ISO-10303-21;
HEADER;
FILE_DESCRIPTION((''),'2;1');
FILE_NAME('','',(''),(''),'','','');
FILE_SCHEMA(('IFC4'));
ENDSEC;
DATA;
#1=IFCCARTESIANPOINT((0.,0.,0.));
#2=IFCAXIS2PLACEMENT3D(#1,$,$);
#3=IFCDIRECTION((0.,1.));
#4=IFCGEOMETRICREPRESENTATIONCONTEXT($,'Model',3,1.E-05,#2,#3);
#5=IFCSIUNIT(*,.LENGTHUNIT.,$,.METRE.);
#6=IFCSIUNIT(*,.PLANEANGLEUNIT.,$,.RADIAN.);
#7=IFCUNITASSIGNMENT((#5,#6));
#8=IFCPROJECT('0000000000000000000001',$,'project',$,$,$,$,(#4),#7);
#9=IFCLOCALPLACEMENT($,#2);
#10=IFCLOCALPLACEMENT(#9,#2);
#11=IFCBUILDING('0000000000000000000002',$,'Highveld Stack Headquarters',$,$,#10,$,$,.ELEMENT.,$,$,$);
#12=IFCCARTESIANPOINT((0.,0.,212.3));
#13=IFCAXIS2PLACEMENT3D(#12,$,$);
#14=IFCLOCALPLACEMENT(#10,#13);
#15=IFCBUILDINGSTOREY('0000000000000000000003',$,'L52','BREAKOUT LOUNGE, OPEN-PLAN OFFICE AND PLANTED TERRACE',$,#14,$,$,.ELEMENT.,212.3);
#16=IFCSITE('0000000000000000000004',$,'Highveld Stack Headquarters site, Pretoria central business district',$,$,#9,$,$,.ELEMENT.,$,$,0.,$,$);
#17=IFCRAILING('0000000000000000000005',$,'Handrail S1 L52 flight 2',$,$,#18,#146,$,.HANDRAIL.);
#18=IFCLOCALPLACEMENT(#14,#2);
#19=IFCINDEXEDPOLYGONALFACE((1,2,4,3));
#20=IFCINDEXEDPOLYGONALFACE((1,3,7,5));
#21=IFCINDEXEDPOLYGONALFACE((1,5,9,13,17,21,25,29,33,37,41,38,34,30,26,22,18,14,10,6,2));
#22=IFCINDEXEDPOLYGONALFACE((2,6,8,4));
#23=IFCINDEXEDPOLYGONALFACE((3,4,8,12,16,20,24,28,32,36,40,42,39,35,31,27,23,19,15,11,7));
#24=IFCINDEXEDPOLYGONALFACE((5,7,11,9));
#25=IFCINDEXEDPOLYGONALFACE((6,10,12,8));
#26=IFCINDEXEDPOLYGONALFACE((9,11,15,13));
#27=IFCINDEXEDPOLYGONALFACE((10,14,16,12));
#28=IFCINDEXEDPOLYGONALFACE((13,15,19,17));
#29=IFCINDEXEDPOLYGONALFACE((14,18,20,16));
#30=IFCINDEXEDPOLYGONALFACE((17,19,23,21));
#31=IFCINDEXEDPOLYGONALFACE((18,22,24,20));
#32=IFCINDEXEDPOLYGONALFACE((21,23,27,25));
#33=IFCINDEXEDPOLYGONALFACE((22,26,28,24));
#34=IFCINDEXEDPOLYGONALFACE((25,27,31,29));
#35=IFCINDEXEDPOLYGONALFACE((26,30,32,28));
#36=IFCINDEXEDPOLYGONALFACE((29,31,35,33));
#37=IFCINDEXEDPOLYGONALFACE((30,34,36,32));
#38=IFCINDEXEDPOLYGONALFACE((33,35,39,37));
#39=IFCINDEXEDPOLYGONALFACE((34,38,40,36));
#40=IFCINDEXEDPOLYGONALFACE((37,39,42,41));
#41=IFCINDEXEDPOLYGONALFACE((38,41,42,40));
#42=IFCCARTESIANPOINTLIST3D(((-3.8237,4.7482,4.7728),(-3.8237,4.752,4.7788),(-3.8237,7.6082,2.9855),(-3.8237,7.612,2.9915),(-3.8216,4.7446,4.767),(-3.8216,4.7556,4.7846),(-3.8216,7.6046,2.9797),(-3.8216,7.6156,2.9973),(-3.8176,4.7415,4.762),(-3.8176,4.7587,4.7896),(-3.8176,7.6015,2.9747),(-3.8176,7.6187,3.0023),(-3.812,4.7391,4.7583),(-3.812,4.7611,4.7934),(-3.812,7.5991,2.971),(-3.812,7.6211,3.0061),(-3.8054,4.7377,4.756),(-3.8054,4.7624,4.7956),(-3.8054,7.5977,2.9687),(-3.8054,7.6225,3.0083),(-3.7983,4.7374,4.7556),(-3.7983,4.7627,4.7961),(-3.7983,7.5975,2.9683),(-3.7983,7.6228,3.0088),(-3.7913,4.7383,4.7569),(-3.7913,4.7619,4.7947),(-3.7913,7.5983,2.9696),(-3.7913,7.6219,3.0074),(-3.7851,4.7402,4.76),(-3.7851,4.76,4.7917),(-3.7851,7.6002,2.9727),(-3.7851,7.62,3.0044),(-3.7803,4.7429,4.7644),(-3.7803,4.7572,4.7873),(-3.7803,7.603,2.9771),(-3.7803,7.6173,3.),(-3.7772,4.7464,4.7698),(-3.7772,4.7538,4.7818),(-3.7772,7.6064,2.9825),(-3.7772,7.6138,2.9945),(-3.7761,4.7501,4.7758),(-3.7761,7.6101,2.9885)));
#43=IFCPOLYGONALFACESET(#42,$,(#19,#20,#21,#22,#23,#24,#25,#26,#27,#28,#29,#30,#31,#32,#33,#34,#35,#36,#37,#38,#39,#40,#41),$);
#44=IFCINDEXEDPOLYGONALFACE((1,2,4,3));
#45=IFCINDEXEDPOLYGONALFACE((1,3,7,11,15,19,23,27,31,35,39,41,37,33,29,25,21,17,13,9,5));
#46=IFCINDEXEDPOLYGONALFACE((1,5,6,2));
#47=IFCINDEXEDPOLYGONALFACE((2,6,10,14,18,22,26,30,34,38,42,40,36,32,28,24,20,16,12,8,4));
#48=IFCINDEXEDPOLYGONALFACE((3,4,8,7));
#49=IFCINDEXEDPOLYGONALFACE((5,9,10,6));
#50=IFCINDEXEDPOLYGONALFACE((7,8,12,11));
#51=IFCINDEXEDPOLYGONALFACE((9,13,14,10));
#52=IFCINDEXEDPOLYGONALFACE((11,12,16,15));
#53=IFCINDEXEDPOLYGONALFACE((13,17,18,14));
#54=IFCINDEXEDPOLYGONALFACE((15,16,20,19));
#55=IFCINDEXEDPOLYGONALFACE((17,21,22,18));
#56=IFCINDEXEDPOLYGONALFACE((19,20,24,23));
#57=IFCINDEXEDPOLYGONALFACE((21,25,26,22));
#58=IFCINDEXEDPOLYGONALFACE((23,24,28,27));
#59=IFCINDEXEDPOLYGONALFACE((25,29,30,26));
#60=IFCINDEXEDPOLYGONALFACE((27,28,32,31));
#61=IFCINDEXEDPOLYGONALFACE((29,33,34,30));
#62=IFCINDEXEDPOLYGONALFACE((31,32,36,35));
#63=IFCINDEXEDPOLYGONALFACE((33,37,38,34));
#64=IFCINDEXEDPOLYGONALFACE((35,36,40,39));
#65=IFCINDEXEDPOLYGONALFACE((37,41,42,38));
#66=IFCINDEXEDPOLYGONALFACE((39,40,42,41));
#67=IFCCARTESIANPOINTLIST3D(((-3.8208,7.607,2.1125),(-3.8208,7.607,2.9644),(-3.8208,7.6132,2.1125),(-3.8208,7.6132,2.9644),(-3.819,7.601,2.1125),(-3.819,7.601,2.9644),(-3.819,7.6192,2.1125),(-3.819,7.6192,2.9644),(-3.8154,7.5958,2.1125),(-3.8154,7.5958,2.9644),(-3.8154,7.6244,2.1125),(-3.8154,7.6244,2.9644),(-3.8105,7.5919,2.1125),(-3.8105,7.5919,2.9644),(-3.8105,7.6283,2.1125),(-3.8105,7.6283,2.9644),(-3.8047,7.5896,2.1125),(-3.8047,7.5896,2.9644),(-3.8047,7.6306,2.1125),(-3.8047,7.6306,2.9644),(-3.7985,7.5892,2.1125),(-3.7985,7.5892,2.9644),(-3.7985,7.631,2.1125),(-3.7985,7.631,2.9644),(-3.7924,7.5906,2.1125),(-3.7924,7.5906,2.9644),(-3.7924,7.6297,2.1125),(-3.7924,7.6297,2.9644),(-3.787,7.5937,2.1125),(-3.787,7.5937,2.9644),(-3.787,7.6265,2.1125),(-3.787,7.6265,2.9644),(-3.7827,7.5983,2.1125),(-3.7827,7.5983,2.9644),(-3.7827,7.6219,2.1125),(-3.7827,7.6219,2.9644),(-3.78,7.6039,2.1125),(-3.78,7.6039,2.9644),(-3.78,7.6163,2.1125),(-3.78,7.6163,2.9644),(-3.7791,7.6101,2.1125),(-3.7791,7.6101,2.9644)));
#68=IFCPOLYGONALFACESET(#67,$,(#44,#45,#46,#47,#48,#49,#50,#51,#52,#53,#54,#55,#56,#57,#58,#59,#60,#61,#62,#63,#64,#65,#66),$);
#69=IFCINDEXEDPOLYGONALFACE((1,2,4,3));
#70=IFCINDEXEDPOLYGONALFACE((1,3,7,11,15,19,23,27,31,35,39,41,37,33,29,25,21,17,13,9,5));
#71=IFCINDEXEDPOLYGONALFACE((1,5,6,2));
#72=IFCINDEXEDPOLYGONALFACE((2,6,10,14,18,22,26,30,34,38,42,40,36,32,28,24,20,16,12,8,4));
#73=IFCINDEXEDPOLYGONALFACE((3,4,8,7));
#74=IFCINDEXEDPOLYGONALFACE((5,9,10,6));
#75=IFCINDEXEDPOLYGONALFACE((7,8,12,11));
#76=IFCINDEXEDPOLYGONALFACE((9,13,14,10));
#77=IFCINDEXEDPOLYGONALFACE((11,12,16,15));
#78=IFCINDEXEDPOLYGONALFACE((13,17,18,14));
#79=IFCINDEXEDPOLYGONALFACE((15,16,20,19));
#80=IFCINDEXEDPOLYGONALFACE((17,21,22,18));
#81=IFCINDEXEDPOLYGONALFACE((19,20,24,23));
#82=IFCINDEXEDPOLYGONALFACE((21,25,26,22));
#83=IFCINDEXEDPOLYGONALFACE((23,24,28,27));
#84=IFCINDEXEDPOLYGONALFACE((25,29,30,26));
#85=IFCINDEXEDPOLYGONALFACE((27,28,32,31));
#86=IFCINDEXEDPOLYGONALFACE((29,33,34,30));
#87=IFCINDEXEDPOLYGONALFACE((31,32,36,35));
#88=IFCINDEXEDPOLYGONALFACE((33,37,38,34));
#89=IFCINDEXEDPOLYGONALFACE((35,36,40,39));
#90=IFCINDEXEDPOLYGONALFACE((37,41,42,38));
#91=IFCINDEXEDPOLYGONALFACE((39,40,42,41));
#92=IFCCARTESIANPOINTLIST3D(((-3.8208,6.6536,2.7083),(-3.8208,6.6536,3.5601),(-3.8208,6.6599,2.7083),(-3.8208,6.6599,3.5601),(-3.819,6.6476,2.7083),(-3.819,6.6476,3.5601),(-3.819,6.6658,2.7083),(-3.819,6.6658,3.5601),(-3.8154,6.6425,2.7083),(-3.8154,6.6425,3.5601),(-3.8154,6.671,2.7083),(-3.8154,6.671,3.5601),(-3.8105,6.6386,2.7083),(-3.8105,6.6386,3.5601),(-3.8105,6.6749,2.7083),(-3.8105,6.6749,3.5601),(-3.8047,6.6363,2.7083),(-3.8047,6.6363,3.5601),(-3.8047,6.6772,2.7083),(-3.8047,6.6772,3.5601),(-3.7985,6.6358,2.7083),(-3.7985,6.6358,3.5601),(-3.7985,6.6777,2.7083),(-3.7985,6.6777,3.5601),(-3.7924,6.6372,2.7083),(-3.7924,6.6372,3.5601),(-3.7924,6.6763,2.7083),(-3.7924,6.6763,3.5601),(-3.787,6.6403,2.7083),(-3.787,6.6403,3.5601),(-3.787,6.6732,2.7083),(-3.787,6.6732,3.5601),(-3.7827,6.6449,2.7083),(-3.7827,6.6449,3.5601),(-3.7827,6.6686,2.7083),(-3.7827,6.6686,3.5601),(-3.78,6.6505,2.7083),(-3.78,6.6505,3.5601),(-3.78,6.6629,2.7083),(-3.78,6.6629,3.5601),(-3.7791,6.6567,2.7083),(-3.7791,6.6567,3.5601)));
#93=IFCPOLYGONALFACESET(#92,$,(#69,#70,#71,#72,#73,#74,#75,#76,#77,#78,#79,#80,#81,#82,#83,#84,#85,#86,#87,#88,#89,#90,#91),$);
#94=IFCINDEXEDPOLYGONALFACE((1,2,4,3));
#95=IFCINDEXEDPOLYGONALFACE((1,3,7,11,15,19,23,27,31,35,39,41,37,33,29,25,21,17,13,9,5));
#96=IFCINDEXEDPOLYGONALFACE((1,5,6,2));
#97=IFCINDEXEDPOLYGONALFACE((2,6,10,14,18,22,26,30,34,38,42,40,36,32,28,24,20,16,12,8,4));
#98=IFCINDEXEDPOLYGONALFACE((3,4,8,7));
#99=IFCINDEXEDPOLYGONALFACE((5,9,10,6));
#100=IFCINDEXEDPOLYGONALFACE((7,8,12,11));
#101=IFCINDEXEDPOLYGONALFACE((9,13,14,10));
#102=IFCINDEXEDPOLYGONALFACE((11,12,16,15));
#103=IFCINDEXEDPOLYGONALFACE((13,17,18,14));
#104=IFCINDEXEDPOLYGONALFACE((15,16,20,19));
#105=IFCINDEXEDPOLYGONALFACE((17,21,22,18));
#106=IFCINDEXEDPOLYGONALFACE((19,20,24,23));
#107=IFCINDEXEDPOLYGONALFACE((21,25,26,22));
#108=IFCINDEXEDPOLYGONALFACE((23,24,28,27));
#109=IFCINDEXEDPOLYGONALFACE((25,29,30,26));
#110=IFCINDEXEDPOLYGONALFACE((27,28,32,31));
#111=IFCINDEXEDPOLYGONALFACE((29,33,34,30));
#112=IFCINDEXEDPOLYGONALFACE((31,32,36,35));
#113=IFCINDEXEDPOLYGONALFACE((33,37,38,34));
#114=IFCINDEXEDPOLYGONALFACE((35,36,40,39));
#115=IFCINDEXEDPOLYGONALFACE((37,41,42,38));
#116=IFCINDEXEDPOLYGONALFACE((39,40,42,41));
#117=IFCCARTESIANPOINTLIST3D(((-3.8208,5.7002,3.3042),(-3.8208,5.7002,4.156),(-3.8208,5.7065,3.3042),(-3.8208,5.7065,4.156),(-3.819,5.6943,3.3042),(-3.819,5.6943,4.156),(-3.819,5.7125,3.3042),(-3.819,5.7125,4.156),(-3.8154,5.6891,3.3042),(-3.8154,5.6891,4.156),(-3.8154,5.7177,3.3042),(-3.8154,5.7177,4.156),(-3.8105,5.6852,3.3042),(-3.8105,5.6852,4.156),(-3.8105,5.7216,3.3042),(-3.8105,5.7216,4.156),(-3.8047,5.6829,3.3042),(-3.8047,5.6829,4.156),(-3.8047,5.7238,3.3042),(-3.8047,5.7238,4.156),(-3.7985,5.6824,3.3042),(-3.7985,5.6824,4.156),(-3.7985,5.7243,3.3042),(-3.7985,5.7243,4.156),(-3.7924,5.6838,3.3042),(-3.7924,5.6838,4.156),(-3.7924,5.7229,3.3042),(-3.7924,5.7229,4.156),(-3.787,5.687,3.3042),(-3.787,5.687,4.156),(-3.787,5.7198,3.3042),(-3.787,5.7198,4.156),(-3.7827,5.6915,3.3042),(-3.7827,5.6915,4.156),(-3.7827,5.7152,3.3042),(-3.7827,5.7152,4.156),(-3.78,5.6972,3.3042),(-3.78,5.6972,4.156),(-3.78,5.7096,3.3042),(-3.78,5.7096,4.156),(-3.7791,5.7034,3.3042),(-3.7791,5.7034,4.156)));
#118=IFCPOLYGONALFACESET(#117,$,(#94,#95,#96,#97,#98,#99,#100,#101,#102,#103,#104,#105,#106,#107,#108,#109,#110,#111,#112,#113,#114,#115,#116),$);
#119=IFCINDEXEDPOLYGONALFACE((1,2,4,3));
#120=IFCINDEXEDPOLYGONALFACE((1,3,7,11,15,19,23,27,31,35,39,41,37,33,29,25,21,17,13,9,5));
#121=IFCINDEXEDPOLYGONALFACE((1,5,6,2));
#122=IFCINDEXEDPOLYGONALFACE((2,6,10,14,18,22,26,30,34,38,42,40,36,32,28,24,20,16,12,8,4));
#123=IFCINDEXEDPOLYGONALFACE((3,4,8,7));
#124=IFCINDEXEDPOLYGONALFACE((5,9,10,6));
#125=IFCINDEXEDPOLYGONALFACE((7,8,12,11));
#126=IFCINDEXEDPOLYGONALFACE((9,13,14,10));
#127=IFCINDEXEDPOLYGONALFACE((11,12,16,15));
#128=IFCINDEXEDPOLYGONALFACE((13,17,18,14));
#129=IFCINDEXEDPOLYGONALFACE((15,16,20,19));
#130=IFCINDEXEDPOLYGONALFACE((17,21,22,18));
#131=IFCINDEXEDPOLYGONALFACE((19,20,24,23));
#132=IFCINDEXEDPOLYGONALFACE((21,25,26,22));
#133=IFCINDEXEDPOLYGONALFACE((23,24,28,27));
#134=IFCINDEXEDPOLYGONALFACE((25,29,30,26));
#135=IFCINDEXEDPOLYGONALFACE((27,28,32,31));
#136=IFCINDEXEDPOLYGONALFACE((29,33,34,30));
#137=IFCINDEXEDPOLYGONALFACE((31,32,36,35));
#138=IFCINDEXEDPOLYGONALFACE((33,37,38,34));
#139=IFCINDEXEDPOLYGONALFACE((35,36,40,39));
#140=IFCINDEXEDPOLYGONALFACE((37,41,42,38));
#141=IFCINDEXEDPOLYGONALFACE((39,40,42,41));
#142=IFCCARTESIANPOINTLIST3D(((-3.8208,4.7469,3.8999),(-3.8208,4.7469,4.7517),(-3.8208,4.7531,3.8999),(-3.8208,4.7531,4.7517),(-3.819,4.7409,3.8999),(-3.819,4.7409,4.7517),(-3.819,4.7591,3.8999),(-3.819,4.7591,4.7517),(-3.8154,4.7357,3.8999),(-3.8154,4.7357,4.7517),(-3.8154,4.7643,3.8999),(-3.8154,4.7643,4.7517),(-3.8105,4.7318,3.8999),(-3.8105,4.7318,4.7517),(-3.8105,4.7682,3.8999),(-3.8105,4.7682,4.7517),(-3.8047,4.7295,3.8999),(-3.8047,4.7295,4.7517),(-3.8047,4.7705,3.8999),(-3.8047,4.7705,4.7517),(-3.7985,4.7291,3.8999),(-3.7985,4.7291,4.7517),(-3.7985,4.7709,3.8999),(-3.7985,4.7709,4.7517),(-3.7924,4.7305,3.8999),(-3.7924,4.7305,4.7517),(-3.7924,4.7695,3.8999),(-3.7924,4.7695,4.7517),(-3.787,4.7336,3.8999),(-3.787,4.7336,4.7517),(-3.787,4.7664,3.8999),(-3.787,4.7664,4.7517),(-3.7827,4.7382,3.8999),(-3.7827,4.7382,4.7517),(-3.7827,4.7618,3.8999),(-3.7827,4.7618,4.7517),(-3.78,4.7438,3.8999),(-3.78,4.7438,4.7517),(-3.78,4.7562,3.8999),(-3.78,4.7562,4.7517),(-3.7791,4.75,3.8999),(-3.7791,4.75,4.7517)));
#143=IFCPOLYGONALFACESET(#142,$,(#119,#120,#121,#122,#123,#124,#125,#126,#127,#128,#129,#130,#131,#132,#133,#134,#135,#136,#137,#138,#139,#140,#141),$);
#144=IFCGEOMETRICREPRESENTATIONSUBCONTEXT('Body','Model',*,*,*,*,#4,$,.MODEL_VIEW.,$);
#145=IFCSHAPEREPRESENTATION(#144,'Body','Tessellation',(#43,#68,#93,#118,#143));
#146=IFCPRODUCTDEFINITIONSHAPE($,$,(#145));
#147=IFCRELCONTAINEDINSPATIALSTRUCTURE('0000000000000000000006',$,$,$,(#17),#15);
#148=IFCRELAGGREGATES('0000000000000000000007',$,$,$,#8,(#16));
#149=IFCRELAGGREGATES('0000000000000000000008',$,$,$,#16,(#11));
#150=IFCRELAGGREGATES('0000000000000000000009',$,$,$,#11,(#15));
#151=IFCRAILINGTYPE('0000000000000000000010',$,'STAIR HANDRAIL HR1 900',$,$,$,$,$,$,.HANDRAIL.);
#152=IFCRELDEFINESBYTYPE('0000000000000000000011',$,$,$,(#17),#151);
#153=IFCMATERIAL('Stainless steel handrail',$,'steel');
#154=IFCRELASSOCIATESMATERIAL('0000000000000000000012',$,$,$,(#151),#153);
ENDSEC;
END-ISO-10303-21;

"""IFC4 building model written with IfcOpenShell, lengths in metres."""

from ifc_helpers import new_model, si_unit, direction, frame, origin, origin_2d, place, context, subcontext, project, spatial, circle, extrude, material, type_object, element, save


model = new_model("IFC4")

# Units and contexts
model_context = context("Model", 3, precision=1e-05, world=origin(), true_north=direction((0.0, 1.0)))
body_context = subcontext(model_context, "Body", "Model", "MODEL_VIEW")
ifc_project = project(units=[si_unit("LENGTHUNIT", "METRE"), si_unit("PLANEANGLEUNIT", "RADIAN")], contexts=[model_context])

# Site, building, storey
site_placement = place(None, origin())
site = spatial("IfcSite", under=ifc_project, at=site_placement, Name="Highveld Stack Headquarters site, Pretoria central business district", CompositionType="ELEMENT", RefElevation=0.0)
building_placement = place(site_placement, origin())
building = spatial("IfcBuilding", under=site, at=building_placement, Name="Highveld Stack Headquarters", CompositionType="ELEMENT")
storey_placement = place(building_placement, frame((0.0, 0.0, 212.3)))
storey = spatial("IfcBuildingStorey", under=building, at=storey_placement, Name="L52", Description="BREAKOUT LOUNGE, OPEN-PLAN OFFICE AND PLANTED TERRACE", CompositionType="ELEMENT", Elevation=212.3)

# Railing
ifc_material_1 = material(Name="Stainless steel handrail", Category="steel")
railing_type = type_object("IfcRailingType", Name="STAIR HANDRAIL HR1 900", PredefinedType="HANDRAIL", material=ifc_material_1)
for number, where, name in (
    (1, (-3.8, 7.6101, 2.1125), "Handrail S1 L52 flight 2"),
):
    element("IfcRailing", number, at=place(storey_placement, frame(where)), inside=storey, type_object=railing_type, Name=name, PredefinedType="HANDRAIL", context=body_context, shape_type="SweptSolid", body=[
        extrude(circle(Radius=0.0239, at=origin_2d()), frame((0.0, 0.0, 0.876), z_axis=(0.0, -0.848027, 0.529953), x_axis=(1.0, 0.0, 0.0)), (0.0, 0.0, 1.0), 3.3726),
        extrude(circle(Radius=0.021, at=origin_2d()), origin(), (0.0, 0.0, 1.0), 0.8518),
        extrude(circle(Radius=0.021, at=origin_2d()), frame((0.0, -0.9534, 0.5957)), (0.0, 0.0, 1.0), 0.8518),
        extrude(circle(Radius=0.021, at=origin_2d()), frame((0.0, -1.9067, 1.1917)), (0.0, 0.0, 1.0), 0.8518),
        extrude(circle(Radius=0.021, at=origin_2d()), frame((0.0, -2.8601, 1.7874)), (0.0, 0.0, 1.0), 0.8518),
    ])

save(model, "model.ifc")
